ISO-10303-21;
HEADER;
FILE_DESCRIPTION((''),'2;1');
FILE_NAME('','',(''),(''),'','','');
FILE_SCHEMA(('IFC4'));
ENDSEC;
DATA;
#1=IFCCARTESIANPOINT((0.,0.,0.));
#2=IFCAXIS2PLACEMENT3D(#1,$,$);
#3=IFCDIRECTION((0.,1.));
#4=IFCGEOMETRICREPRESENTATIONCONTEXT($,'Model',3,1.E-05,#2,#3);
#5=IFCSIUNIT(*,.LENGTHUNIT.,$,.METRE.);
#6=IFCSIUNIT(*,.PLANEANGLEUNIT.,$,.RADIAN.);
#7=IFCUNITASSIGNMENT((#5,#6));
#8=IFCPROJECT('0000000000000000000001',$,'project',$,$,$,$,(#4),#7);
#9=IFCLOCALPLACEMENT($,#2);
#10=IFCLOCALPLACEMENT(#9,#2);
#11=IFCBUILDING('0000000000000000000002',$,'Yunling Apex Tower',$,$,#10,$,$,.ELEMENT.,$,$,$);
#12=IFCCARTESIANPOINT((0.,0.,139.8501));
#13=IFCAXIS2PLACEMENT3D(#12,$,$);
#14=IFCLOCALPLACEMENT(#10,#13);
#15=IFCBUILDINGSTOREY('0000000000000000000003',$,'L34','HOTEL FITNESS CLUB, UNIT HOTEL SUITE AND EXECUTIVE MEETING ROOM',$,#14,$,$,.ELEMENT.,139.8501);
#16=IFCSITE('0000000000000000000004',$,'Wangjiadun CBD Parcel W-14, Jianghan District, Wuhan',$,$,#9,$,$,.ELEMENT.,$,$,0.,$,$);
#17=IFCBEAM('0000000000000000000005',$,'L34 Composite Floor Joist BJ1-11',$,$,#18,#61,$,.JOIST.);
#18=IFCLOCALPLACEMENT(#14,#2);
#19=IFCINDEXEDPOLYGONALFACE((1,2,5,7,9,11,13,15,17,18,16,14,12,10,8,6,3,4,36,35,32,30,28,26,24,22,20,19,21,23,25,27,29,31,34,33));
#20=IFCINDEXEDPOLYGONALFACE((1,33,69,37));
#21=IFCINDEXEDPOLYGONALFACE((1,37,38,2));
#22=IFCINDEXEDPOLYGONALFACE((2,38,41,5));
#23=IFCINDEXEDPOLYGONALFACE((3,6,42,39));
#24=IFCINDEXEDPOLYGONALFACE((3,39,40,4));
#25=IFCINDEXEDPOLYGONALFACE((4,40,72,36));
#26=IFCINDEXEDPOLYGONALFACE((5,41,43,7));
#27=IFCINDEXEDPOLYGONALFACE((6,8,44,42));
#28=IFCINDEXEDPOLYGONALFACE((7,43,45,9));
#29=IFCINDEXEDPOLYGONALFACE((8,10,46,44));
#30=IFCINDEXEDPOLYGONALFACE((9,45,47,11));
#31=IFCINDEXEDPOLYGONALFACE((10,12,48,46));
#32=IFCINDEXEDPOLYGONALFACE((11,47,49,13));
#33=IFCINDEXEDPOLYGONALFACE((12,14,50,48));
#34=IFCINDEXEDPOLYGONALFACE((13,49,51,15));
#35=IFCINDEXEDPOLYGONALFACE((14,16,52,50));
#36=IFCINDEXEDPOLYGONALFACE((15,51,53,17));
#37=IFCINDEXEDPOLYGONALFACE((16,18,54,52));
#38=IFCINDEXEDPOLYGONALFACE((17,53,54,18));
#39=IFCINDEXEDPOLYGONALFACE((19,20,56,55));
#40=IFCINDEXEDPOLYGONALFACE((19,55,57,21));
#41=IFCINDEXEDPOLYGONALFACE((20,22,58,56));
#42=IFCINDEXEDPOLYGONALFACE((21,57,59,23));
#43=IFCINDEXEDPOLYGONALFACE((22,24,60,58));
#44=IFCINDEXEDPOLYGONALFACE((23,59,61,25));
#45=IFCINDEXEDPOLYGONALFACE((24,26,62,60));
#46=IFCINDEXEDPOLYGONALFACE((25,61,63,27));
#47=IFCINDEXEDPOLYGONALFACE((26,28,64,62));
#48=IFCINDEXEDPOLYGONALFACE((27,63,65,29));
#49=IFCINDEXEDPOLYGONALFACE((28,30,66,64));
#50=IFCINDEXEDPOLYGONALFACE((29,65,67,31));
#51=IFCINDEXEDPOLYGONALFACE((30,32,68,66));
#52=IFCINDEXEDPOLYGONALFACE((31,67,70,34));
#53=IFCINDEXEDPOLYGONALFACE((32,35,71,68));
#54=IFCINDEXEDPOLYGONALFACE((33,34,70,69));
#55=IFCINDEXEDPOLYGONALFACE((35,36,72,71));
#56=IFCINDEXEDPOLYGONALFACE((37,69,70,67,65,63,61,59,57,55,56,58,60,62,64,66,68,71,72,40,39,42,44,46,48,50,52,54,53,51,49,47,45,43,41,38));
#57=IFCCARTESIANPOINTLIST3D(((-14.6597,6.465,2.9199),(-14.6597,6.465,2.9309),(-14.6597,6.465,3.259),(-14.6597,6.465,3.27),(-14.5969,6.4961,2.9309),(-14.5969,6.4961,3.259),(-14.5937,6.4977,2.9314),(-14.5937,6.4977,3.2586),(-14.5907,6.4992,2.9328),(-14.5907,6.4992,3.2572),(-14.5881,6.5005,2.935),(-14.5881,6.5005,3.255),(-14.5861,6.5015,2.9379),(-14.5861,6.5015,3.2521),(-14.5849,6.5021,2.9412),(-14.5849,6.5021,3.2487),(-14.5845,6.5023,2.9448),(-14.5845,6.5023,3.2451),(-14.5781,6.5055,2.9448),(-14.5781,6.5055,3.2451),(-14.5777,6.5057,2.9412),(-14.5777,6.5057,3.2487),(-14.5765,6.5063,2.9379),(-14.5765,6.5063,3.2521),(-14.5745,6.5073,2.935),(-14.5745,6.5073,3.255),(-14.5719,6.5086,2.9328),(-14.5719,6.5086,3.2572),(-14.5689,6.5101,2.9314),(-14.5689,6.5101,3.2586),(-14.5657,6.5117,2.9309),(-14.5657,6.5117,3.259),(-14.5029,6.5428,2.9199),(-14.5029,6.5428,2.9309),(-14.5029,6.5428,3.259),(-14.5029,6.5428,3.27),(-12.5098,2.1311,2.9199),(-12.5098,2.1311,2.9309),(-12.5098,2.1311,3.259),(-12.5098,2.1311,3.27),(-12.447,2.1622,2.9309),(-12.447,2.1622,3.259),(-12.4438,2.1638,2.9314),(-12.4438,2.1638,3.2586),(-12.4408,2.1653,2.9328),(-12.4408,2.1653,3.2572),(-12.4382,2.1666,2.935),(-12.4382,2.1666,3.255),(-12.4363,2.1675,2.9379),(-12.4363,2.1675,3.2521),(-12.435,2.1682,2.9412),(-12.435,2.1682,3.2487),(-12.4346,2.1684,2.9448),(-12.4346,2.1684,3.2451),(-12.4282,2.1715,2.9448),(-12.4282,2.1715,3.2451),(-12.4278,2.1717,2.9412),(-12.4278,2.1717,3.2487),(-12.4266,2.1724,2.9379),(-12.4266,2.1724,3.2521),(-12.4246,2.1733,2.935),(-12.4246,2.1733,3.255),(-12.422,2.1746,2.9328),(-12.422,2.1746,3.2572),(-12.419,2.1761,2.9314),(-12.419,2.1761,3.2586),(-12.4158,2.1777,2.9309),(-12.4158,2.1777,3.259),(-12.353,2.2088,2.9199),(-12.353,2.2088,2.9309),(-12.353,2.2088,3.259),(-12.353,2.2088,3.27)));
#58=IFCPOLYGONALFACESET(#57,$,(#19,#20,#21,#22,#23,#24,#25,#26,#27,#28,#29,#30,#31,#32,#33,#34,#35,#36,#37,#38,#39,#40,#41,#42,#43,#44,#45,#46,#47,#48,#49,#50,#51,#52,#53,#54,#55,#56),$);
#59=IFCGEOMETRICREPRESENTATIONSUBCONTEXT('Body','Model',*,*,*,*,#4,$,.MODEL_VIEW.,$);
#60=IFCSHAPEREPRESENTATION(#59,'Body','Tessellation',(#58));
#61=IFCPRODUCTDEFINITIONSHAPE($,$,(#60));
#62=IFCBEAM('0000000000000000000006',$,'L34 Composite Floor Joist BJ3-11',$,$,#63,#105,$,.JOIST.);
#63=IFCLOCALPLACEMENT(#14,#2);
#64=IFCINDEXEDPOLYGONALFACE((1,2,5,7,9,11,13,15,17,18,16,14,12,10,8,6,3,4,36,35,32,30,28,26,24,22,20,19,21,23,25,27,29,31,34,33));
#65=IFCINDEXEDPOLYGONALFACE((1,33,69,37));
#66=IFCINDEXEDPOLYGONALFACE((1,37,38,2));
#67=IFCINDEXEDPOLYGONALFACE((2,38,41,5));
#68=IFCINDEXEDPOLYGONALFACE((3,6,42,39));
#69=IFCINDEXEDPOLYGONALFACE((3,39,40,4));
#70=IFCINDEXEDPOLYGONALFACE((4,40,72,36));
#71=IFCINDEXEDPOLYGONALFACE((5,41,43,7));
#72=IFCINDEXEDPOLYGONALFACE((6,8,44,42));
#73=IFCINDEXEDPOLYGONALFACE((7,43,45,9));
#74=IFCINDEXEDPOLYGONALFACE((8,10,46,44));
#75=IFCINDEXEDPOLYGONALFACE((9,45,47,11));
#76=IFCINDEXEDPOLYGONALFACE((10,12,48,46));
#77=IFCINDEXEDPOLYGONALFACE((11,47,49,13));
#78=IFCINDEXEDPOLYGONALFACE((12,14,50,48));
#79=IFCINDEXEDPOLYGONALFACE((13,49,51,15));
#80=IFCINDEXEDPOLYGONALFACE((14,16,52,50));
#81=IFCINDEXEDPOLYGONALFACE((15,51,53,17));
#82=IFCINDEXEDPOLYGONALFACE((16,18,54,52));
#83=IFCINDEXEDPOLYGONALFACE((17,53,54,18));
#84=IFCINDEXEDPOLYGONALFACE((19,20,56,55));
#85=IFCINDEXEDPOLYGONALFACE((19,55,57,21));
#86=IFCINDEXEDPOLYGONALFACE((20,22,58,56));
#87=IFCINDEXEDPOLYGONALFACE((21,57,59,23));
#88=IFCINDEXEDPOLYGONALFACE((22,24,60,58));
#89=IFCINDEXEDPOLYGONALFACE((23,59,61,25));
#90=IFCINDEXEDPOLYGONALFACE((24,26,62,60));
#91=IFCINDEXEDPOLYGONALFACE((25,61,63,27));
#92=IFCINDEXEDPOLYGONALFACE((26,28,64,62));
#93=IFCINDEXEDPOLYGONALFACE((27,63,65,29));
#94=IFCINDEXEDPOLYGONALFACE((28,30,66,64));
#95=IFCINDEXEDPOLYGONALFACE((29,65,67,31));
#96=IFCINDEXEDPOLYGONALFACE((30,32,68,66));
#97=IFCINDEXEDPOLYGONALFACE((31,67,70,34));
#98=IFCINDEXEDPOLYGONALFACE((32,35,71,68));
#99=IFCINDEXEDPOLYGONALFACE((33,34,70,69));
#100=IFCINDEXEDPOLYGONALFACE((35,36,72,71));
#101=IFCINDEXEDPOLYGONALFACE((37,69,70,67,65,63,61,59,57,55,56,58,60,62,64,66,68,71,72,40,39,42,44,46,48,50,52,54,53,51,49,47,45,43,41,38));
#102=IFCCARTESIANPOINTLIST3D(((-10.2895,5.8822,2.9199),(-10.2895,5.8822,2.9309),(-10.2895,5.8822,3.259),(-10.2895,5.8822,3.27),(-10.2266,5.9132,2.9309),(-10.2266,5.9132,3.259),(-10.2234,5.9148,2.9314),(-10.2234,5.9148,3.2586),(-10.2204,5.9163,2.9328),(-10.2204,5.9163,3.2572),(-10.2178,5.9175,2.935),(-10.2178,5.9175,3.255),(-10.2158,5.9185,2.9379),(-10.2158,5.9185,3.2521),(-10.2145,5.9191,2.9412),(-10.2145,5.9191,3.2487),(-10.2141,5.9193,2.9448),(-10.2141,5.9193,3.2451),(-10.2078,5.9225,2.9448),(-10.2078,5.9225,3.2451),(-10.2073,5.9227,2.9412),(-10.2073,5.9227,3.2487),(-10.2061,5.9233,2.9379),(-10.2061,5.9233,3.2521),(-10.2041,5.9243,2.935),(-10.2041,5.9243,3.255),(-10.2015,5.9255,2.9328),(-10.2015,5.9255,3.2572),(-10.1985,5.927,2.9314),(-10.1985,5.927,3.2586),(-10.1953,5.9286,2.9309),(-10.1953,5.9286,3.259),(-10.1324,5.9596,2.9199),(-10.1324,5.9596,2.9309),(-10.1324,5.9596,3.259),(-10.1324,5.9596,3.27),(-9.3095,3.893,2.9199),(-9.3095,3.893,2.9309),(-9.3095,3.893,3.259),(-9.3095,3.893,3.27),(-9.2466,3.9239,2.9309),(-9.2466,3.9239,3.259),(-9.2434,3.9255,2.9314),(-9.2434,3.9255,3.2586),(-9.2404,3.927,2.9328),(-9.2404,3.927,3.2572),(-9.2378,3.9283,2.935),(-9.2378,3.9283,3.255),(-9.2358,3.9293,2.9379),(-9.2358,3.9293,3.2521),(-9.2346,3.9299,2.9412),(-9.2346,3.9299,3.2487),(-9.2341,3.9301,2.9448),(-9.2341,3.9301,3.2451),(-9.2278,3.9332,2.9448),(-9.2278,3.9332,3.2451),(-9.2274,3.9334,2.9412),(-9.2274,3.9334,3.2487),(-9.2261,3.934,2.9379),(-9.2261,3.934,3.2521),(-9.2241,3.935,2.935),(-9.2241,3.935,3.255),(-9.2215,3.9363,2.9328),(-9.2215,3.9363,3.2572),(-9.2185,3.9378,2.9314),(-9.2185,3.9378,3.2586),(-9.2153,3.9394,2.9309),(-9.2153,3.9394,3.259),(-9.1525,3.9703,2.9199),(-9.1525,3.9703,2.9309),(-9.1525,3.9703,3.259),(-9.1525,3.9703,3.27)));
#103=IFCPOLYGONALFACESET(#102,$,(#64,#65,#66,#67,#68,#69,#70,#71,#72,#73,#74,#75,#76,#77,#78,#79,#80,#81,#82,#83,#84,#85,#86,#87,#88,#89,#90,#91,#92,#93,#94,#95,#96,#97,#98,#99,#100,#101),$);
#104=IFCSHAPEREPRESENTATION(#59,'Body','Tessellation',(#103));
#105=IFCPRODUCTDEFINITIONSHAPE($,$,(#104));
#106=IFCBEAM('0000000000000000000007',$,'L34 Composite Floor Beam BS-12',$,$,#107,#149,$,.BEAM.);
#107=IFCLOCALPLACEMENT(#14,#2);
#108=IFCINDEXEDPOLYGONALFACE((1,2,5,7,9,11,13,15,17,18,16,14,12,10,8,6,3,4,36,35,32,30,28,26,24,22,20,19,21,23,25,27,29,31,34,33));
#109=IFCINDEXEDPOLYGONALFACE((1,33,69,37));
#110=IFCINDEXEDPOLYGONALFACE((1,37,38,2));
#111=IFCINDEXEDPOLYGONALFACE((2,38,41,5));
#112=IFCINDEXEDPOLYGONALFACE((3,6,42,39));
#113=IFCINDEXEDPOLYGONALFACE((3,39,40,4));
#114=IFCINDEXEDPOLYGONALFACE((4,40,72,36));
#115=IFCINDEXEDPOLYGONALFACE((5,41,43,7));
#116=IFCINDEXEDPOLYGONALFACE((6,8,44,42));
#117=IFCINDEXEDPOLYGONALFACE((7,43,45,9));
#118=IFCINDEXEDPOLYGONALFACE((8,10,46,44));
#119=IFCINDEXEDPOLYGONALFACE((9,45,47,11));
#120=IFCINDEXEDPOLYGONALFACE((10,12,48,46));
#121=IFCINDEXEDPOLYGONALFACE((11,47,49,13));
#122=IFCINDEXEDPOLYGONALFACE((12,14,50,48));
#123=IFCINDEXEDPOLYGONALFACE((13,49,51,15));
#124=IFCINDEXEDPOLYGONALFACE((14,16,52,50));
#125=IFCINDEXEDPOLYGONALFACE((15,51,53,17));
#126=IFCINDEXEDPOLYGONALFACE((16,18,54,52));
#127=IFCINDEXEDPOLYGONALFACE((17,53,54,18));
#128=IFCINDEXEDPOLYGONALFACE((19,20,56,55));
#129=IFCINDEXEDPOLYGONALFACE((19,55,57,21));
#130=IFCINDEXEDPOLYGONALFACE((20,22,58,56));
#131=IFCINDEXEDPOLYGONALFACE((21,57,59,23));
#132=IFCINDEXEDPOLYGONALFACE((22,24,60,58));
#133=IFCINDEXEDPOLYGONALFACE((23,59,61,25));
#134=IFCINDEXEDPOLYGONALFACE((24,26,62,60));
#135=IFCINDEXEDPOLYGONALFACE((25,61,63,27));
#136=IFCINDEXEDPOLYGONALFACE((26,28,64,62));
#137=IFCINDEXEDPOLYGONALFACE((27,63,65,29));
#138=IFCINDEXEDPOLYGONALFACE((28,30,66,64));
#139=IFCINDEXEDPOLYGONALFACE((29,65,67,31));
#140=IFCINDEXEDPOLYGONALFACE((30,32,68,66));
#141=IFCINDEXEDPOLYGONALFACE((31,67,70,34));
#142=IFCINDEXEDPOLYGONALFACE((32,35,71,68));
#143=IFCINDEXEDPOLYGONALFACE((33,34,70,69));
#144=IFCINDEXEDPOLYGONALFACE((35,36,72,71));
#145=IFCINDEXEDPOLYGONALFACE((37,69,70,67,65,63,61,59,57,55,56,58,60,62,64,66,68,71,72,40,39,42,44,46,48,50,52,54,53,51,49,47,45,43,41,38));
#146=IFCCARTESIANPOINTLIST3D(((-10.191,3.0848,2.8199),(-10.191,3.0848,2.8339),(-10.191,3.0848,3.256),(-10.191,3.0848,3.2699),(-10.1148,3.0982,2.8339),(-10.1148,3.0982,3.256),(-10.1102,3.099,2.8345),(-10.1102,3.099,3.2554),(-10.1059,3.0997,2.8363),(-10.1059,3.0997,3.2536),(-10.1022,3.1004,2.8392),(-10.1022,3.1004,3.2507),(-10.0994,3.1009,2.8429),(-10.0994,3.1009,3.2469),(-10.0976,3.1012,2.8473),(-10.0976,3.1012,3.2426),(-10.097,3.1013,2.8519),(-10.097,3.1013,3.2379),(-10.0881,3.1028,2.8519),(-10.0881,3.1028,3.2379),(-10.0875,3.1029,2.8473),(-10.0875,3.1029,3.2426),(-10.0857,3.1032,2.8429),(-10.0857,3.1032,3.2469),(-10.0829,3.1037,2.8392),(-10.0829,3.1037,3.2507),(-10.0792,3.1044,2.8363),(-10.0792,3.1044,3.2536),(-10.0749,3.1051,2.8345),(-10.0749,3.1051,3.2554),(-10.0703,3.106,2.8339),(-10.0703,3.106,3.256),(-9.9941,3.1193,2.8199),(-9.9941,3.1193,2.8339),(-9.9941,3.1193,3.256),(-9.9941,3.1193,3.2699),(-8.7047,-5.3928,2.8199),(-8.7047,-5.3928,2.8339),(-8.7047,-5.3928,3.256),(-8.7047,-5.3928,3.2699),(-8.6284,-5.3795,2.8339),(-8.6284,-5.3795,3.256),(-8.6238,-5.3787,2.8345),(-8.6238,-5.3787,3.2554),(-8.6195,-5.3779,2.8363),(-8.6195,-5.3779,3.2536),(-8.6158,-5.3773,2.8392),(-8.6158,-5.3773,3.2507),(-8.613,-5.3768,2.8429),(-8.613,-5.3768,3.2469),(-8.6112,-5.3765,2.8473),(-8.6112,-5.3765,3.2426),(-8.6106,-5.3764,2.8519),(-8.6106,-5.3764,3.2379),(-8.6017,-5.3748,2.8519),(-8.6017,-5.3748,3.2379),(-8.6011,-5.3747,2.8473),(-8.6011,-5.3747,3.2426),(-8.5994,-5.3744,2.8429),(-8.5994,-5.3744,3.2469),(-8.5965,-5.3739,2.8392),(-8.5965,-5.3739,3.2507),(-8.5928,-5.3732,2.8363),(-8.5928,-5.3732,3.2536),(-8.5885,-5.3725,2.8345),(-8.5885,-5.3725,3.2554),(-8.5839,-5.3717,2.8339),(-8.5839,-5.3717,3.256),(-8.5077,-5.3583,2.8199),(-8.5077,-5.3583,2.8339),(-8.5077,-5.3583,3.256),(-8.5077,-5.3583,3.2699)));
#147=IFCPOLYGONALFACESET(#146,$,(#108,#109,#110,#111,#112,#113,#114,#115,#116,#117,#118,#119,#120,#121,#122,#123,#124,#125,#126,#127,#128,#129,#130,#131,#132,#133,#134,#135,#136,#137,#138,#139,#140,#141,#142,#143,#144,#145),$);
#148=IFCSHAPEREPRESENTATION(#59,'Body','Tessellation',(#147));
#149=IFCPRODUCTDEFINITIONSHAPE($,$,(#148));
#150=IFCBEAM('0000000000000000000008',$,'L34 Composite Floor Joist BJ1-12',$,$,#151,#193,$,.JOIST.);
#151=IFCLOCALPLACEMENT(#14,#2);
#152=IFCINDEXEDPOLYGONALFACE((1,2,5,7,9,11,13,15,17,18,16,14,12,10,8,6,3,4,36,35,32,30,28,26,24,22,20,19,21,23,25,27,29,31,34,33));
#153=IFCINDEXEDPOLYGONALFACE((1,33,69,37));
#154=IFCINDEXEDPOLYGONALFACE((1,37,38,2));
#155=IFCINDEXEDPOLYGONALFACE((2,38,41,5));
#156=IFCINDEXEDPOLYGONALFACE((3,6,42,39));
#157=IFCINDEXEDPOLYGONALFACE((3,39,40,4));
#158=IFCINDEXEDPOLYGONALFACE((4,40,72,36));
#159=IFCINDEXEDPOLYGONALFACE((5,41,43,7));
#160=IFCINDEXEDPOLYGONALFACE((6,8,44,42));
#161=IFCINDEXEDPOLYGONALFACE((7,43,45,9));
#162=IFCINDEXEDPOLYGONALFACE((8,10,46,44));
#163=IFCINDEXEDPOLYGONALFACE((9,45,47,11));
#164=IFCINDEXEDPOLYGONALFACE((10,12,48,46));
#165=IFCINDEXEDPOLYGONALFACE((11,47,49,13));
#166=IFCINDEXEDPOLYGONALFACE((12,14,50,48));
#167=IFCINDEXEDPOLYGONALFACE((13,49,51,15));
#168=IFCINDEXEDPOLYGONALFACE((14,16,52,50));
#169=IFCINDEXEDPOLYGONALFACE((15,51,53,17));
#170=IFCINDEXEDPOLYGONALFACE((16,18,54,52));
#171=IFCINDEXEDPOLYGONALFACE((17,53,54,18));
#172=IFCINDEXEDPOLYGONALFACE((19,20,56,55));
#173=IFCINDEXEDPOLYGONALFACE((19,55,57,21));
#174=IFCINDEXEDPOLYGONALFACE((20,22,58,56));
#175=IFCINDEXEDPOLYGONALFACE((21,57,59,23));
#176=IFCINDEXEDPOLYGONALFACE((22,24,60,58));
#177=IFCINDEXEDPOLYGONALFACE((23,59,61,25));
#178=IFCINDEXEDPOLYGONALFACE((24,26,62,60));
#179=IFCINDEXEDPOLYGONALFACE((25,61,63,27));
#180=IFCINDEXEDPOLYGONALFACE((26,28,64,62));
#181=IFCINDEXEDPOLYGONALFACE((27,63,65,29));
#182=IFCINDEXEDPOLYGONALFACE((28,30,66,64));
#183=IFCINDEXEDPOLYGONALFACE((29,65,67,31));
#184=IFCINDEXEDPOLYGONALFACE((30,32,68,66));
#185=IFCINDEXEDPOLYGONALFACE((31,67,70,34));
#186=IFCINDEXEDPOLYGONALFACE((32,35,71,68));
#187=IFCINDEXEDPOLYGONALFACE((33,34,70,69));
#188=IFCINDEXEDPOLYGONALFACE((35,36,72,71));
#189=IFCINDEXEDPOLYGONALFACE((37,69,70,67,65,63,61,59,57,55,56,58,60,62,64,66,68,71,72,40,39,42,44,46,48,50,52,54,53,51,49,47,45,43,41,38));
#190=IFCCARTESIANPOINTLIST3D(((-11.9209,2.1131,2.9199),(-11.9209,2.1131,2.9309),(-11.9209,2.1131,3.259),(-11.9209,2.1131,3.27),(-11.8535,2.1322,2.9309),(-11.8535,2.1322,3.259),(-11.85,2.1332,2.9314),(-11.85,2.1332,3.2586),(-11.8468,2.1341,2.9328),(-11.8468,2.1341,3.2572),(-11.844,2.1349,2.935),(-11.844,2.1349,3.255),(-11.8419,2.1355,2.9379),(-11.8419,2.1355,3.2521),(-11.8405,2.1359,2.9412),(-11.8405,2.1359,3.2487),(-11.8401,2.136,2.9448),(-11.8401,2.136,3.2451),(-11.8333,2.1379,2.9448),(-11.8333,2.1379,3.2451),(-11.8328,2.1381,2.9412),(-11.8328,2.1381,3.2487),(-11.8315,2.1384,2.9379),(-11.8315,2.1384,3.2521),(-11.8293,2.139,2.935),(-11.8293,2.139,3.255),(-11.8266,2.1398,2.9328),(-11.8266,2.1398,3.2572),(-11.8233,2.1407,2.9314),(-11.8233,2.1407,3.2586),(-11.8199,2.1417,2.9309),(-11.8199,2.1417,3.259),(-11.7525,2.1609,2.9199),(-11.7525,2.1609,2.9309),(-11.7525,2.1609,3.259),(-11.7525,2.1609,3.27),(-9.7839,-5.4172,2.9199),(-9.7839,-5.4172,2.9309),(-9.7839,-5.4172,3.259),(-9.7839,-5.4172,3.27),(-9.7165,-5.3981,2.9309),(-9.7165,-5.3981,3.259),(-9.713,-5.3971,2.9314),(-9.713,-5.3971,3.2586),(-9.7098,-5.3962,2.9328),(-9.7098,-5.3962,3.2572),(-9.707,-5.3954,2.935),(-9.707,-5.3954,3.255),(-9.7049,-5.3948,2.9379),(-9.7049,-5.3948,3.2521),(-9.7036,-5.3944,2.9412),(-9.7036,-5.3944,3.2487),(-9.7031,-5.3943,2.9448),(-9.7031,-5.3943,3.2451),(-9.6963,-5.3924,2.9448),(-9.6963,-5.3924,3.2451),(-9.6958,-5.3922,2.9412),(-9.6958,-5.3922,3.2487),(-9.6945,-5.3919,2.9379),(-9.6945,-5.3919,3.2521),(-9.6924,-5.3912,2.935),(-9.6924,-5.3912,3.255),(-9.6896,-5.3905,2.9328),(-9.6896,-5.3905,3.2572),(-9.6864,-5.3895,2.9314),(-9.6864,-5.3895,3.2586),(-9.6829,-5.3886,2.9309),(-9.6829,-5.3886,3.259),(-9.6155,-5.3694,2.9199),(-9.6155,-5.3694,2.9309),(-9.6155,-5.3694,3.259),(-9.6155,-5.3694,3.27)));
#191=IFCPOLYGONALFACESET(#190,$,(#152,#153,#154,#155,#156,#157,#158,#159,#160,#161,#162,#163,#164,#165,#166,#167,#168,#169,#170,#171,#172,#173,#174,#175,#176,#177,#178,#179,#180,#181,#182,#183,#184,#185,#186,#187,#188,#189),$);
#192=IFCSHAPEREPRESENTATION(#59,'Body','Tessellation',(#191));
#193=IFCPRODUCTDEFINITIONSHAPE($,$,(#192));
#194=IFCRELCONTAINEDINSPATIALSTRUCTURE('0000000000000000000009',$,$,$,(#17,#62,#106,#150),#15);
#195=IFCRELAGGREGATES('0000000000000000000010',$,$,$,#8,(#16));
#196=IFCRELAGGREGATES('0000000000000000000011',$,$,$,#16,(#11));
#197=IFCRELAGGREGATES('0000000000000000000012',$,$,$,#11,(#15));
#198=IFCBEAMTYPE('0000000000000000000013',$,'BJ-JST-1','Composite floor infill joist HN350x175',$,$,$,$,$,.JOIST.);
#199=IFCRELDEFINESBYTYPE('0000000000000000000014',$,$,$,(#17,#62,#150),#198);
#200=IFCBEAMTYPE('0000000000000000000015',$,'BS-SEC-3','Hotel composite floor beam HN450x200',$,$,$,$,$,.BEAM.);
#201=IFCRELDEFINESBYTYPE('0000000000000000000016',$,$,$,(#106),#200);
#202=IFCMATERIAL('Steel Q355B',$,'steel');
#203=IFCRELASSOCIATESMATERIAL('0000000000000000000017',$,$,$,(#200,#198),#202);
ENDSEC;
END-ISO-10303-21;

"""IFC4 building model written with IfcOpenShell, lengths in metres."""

from ifc_helpers import new_model, si_unit, direction, frame, origin, origin_2d, place, context, subcontext, project, spatial, i_section, extrude, source, transform, mapped, material, material_profile, profile_set, type_object, element, save


model = new_model("IFC4")

# Units and contexts
model_context = context("Model", 3, precision=1e-05, world=origin(), true_north=direction((0.0, 1.0)))
body_context = subcontext(model_context, "Body", "Model", "MODEL_VIEW")
ifc_project = project(units=[si_unit("LENGTHUNIT", "METRE"), si_unit("PLANEANGLEUNIT", "RADIAN")], contexts=[model_context])

# Site, building, storey
site_placement = place(None, origin())
site = spatial("IfcSite", under=ifc_project, at=site_placement, Name="Wangjiadun CBD Parcel W-14, Jianghan District, Wuhan", CompositionType="ELEMENT", RefElevation=0.0)
building_placement = place(site_placement, origin())
building = spatial("IfcBuilding", under=site, at=building_placement, Name="Yunling Apex Tower", CompositionType="ELEMENT")
storey_placement = place(building_placement, frame((0.0, 0.0, 139.8501)))
storey = spatial("IfcBuildingStorey", under=building, at=storey_placement, Name="L34", Description="HOTEL FITNESS CLUB, UNIT HOTEL SUITE AND EXECUTIVE MEETING ROOM", CompositionType="ELEMENT", Elevation=139.8501)

# Beams
ifc_material_1 = material(Name="Steel Q355B", Category="steel")
ifc_material_profile_1 = material_profile(ifc_material_1, i_section(OverallWidth=0.2, OverallDepth=0.45, WebThickness=0.009, FlangeThickness=0.0139, FilletRadius=0.0181, at=origin_2d()))
ifc_profile_set_1 = profile_set([ifc_material_profile_1], Name="Steel Q355B")
beam_type_1 = type_object("IfcBeamType", Name="BS-SEC-3", Description="Hotel composite floor beam HN450x200", PredefinedType="BEAM", material=ifc_profile_set_1)
ifc_material_profile_2 = material_profile(ifc_material_1, i_section(OverallWidth=0.175, OverallDepth=0.3501, WebThickness=0.0071, FlangeThickness=0.011, FilletRadius=0.0139, at=origin_2d()))
ifc_profile_set_2 = profile_set([ifc_material_profile_2], Name="Steel Q355B")
beam_type_2 = type_object("IfcBeamType", Name="BJ-JST-1", Description="Composite floor infill joist HN350x175", PredefinedType="JOIST", material=ifc_profile_set_2)
shared_shape_1 = source(origin(), body_context, "Body", "SweptSolid", [
    extrude(i_section(OverallWidth=0.175, OverallDepth=0.3501, WebThickness=0.0071, FlangeThickness=0.011, FilletRadius=0.0139, at=origin_2d()), origin(), (0.0, 0.0, 1.0), 4.8379),
])
beam_1_placement = place(storey_placement, frame((-14.5813, 6.5039, 3.095), z_axis=(0.444385, -0.895836, 0.0), x_axis=(0.895836, 0.444385, 0.0)))
element("IfcBeam", 1, at=beam_1_placement, inside=storey, type_object=beam_type_2, Name="L34 Composite Floor Joist BJ1-11", PredefinedType="JOIST", context=body_context, shape_type="MappedRepresentation", body=[
    mapped(shared_shape_1, transform((0.0, 0.0, 0.0), scale=1.0)),
])
shared_shape_2 = source(origin(), body_context, "Body", "SweptSolid", [
    extrude(i_section(OverallWidth=0.175, OverallDepth=0.3501, WebThickness=0.0071, FlangeThickness=0.011, FilletRadius=0.0139, at=origin_2d()), origin(), (0.0, 0.0, 1.0), 2.2175),
])
beam_2_placement = place(storey_placement, frame((-10.2109, 5.9209, 3.095), z_axis=(0.441921, -0.897054, 0.0), x_axis=(0.897054, 0.441921, 0.0)))
element("IfcBeam", 2, at=beam_2_placement, inside=storey, type_object=beam_type_2, Name="L34 Composite Floor Joist BJ3-11", PredefinedType="JOIST", context=body_context, shape_type="MappedRepresentation", body=[
    mapped(shared_shape_2, transform((0.0, 0.0, 0.0), scale=1.0)),
])
shared_shape_3 = source(origin(), body_context, "Body", "SweptSolid", [
    extrude(i_section(OverallWidth=0.2, OverallDepth=0.45, WebThickness=0.009, FlangeThickness=0.0139, FilletRadius=0.0181, at=origin_2d()), origin(), (0.0, 0.0, 1.0), 8.6069),
])
beam_3_placement = place(storey_placement, frame((-10.0925, 3.1021, 3.0449), z_axis=(0.172691, -0.984976, 0.0), x_axis=(0.984976, 0.172691, 0.0)))
element("IfcBeam", 3, at=beam_3_placement, inside=storey, type_object=beam_type_1, Name="L34 Composite Floor Beam BS-12", PredefinedType="BEAM", context=body_context, shape_type="MappedRepresentation", body=[
    mapped(shared_shape_3, transform((0.0, 0.0, 0.0), scale=1.0)),
])
shared_shape_4 = source(origin(), body_context, "Body", "SweptSolid", [
    extrude(i_section(OverallWidth=0.175, OverallDepth=0.3501, WebThickness=0.0071, FlangeThickness=0.011, FilletRadius=0.0139, at=origin_2d()), origin(), (0.0, 0.0, 1.0), 7.8276),
])
beam_4_placement = place(storey_placement, frame((-11.8367, 2.137, 3.095), z_axis=(0.273003, -0.962013, 0.0), x_axis=(0.962013, 0.273003, 0.0)))
element("IfcBeam", 4, at=beam_4_placement, inside=storey, type_object=beam_type_2, Name="L34 Composite Floor Joist BJ1-12", PredefinedType="JOIST", context=body_context, shape_type="MappedRepresentation", body=[
    mapped(shared_shape_4, transform((0.0, 0.0, 0.0), scale=1.0)),
])

save(model, "model.ifc")
